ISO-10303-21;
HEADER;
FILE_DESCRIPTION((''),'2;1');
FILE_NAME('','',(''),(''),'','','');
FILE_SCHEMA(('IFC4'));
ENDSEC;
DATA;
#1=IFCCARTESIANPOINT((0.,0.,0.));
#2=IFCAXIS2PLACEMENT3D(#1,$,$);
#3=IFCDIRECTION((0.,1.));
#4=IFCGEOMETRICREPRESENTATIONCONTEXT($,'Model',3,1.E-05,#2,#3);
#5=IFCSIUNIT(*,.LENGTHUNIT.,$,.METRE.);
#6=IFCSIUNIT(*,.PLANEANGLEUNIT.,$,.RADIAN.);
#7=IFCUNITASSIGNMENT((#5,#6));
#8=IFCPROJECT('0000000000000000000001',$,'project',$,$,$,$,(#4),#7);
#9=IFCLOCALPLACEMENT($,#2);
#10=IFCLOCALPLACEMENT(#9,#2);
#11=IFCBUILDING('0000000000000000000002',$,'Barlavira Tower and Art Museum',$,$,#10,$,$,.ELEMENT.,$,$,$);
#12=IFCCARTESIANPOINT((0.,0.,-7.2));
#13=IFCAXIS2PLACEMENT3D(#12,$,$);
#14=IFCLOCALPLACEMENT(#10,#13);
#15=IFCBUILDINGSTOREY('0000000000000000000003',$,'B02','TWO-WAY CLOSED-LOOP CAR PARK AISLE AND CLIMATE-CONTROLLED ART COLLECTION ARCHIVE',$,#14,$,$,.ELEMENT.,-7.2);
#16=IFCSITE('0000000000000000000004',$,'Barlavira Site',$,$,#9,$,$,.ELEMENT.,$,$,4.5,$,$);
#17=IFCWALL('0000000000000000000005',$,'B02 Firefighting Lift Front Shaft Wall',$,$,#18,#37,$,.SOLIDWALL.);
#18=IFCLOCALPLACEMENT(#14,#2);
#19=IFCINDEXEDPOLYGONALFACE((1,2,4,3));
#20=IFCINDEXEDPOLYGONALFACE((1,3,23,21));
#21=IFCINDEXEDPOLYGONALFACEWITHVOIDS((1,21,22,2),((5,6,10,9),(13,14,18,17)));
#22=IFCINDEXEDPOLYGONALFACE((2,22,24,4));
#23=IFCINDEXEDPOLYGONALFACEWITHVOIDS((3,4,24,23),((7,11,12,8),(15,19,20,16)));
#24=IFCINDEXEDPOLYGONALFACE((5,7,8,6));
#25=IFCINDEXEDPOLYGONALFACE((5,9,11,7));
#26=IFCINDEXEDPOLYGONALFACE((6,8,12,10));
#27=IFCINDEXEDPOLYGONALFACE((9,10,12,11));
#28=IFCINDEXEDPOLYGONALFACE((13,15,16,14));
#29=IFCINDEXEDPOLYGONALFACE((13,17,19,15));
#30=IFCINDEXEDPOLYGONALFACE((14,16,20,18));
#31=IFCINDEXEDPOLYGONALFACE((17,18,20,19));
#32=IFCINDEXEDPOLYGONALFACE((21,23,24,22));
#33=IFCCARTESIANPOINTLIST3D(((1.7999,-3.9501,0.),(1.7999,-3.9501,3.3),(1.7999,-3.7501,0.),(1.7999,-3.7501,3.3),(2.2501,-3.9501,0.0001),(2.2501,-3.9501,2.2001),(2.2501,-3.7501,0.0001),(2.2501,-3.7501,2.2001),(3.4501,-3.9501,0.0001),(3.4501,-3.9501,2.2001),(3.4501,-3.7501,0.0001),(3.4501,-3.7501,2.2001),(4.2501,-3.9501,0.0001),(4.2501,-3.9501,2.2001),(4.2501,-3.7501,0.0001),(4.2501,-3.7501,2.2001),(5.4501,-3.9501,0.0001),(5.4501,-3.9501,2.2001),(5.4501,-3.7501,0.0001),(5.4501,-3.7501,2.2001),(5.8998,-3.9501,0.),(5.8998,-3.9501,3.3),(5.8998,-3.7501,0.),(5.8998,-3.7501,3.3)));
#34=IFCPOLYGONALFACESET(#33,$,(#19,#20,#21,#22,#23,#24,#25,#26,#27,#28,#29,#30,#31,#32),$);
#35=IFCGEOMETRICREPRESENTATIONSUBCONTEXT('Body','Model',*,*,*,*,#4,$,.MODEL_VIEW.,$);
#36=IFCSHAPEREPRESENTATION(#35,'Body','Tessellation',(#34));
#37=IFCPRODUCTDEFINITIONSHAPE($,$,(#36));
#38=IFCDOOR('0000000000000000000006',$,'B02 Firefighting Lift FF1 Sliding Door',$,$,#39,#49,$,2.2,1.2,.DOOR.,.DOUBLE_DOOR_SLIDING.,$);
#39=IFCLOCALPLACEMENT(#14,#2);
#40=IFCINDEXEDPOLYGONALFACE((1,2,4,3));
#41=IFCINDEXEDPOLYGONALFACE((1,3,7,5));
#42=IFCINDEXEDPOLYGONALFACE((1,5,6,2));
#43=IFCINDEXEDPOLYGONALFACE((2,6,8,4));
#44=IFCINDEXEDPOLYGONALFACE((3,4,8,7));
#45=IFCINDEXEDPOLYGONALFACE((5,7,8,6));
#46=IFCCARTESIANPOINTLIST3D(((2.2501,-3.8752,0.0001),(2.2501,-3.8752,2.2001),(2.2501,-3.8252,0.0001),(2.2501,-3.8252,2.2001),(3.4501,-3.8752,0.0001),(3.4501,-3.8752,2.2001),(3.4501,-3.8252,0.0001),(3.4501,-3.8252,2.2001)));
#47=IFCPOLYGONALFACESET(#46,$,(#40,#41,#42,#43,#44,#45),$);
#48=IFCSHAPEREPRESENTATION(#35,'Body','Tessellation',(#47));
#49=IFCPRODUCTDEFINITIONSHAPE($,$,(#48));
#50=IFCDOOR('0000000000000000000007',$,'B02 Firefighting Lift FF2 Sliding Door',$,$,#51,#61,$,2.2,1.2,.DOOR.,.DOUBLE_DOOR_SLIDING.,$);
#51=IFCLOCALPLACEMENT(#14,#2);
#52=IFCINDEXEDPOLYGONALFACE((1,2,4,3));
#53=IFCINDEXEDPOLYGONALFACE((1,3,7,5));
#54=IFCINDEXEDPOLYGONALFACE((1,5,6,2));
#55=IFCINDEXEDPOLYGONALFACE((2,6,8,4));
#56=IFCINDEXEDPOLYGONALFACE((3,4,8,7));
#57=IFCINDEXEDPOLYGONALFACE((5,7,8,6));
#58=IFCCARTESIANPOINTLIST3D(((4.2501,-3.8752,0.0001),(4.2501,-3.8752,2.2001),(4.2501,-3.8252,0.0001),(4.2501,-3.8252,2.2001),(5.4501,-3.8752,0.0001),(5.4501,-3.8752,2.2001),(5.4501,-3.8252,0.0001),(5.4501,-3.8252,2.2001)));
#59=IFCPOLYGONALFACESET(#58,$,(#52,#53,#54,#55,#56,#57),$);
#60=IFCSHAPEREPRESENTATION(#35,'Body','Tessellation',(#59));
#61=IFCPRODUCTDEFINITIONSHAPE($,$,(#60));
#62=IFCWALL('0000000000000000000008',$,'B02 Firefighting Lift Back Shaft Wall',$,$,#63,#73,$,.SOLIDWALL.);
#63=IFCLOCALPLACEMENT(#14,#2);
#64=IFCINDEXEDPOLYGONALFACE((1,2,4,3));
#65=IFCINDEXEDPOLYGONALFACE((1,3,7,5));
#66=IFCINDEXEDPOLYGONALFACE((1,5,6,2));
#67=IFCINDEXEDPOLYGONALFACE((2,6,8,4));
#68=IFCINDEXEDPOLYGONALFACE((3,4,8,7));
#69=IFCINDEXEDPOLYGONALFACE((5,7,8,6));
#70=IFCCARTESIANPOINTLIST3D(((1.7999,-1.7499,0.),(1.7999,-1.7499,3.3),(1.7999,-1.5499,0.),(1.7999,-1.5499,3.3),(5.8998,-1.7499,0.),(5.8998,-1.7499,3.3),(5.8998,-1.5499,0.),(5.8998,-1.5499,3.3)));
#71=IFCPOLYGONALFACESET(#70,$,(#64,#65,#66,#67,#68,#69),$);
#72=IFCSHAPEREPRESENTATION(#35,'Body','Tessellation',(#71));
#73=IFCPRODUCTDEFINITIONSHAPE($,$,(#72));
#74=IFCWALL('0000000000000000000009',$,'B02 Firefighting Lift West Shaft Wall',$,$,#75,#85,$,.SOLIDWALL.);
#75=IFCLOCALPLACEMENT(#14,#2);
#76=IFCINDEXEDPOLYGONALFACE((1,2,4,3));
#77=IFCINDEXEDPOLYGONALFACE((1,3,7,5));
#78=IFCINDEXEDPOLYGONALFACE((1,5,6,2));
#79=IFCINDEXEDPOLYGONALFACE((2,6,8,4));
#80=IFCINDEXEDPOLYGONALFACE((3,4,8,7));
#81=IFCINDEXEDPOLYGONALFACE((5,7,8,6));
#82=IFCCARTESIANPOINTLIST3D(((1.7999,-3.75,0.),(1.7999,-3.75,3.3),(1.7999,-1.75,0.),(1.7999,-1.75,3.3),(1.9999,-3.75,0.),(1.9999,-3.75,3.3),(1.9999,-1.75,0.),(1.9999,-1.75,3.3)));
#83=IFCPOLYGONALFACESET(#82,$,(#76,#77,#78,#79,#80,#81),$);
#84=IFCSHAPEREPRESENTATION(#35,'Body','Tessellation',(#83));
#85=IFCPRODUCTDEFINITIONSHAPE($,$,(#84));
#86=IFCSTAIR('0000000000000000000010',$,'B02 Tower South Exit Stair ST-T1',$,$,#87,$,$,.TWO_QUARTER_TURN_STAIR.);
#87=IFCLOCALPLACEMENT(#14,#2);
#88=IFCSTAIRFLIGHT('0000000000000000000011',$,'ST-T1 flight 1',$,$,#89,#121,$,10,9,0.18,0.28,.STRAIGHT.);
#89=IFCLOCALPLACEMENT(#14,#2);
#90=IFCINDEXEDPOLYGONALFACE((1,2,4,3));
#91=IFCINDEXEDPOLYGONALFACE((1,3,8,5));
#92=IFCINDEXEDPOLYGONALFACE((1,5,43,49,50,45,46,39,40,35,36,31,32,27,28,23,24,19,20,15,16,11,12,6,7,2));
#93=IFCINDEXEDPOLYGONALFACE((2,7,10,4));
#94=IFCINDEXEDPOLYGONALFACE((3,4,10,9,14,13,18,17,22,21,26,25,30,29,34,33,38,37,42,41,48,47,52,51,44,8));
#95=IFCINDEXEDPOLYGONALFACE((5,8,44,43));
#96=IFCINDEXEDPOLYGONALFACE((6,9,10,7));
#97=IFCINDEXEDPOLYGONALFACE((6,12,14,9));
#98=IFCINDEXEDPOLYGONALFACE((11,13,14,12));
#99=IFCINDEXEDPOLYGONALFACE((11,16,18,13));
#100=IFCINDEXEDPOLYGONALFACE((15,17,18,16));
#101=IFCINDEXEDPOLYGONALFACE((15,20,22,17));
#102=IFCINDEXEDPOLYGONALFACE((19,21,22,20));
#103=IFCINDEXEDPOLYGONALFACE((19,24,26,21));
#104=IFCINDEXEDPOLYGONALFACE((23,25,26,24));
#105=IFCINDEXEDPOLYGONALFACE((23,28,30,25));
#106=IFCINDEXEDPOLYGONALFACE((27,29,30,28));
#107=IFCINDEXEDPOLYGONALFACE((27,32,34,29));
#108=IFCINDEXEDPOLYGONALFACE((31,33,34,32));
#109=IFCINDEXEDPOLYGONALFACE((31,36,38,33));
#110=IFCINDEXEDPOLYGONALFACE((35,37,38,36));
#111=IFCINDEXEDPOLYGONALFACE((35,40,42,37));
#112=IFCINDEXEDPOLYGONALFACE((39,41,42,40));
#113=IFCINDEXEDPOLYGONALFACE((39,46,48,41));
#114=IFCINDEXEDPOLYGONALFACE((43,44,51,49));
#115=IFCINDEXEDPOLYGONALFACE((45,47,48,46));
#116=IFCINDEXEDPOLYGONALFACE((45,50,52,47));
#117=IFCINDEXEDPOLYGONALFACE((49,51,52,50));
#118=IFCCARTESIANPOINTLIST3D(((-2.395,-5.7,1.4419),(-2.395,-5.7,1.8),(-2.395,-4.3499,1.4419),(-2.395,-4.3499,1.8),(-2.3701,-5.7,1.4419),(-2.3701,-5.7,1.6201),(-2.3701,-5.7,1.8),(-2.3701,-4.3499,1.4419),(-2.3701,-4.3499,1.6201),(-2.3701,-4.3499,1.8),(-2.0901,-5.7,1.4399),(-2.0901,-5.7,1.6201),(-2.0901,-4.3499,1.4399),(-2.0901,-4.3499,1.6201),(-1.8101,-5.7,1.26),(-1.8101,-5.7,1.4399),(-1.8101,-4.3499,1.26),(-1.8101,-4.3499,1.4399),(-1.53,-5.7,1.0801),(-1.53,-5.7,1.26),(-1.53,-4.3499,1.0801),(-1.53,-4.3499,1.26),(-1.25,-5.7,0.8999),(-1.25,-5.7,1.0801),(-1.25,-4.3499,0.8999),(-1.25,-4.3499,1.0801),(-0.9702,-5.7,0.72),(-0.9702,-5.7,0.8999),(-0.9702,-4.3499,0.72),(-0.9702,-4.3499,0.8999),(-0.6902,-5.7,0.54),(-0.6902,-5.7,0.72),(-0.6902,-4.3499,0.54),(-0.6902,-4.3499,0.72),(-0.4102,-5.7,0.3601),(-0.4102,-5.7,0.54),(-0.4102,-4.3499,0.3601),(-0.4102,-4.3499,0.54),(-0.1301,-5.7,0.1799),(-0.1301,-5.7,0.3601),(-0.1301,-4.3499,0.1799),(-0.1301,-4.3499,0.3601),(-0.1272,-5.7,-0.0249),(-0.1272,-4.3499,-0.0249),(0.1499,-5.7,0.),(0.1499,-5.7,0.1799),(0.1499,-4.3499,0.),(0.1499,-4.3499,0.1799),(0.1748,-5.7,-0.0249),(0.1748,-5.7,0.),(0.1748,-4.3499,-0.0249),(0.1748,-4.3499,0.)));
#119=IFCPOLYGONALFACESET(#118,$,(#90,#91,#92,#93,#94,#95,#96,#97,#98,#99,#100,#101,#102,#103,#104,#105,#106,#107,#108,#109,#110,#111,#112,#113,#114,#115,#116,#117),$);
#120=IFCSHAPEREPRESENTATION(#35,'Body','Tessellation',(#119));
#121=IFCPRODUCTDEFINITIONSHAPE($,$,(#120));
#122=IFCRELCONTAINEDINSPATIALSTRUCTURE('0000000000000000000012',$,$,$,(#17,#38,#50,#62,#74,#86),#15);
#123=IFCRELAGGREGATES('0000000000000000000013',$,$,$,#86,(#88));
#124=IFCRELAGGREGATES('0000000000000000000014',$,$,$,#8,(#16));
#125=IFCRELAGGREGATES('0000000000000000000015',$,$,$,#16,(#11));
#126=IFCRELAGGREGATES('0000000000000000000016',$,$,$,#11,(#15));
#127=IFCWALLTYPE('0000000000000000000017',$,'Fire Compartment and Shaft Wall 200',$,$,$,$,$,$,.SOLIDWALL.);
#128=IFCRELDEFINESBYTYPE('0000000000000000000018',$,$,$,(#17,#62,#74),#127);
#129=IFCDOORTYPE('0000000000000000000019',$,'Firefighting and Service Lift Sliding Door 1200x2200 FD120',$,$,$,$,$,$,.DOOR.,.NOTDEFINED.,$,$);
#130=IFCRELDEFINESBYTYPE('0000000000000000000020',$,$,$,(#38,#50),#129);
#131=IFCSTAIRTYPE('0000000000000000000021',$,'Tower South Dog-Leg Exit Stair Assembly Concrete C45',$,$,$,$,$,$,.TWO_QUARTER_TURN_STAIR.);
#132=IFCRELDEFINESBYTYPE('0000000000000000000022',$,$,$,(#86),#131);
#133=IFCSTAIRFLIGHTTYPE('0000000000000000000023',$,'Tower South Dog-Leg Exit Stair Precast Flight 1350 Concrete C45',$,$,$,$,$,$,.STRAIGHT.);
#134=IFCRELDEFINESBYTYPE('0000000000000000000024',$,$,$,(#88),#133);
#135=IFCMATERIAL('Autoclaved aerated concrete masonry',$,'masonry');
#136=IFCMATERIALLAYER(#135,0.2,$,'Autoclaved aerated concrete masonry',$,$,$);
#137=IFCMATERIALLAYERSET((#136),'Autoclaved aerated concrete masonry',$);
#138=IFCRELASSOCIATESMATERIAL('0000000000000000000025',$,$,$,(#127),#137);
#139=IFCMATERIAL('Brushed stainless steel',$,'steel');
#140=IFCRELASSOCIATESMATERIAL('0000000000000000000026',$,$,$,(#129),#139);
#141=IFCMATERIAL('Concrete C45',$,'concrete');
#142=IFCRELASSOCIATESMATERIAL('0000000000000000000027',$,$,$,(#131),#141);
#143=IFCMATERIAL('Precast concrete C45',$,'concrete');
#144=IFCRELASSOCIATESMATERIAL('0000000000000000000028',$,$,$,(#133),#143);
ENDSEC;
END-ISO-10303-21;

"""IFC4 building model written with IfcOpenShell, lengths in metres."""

from ifc_helpers import new_model, si_unit, direction, frame, frame_2d, origin, place, context, subcontext, project, spatial, polyline, rectangle, outline, extrude, material, layer, layer_set, type_object, element, fill, aggregate, save


model = new_model("IFC4")

# Units and contexts
model_context = context("Model", 3, precision=1e-05, world=origin(), true_north=direction((0.0, 1.0)))
body_context = subcontext(model_context, "Body", "Model", "MODEL_VIEW")
ifc_project = project(units=[si_unit("LENGTHUNIT", "METRE"), si_unit("PLANEANGLEUNIT", "RADIAN")], contexts=[model_context])

# Site, building, storey
site_placement = place(None, origin())
site = spatial("IfcSite", under=ifc_project, at=site_placement, Name="Barlavira Site", CompositionType="ELEMENT", RefElevation=4.5)
building_placement = place(site_placement, origin())
building = spatial("IfcBuilding", under=site, at=building_placement, Name="Barlavira Tower and Art Museum", CompositionType="ELEMENT")
storey_placement = place(building_placement, frame((0.0, 0.0, -7.2)))
storey = spatial("IfcBuildingStorey", under=building, at=storey_placement, Name="B02", Description="TWO-WAY CLOSED-LOOP CAR PARK AISLE AND CLIMATE-CONTROLLED ART COLLECTION ARCHIVE", CompositionType="ELEMENT", Elevation=-7.2)

# Shared definitions
ifc_material_1 = material(Name="Autoclaved aerated concrete masonry", Category="masonry")
ifc_layer_1 = layer(ifc_material_1, 0.2, Name="Autoclaved aerated concrete masonry")
ifc_layer_set_1 = layer_set([ifc_layer_1], Name="Autoclaved aerated concrete masonry")
wall_type_1 = type_object("IfcWallType", Name="Fire Compartment and Shaft Wall 200", PredefinedType="SOLIDWALL", material=ifc_layer_set_1)
ifc_material_2 = material(Name="Brushed stainless steel", Category="steel")

# Wall, openings, doors
wall_1_placement = place(storey_placement, frame((1.8, -3.8501, 0.0), z_axis=(0.0, 0.0, 1.0), x_axis=(1.0, 0.0, 0.0)))
wall_1 = element("IfcWall", 1, at=wall_1_placement, inside=storey, type_object=wall_type_1, Name="B02 Firefighting Lift Front Shaft Wall", PredefinedType="SOLIDWALL", context=body_context, shape_type="SweptSolid", body=[
    extrude(rectangle(XDim=4.0999, YDim=0.2, at=frame_2d((2.0498, 0.0))), origin(), (0.0, 0.0, 1.0), 3.3),
])
opening_1_placement = place(wall_1_placement, frame((0.45, 0.0, 0.0)))
opening_1 = element("IfcOpeningElement", 2, at=opening_1_placement, cuts=wall_1, PredefinedType="OPENING", context=body_context, shape_type="SweptSolid", body=[
    extrude(rectangle(XDim=1.2, YDim=2.2, at=frame_2d((0.6001, 1.1001))), frame((0.0, 0.1099, 0.0), z_axis=(0.0, -1.0, 0.0), x_axis=(1.0, 0.0, 0.0)), (0.0, 0.0, 1.0), 0.22),
])
opening_2_placement = place(wall_1_placement, frame((2.45, 0.0, 0.0)))
opening_2 = element("IfcOpeningElement", 3, at=opening_2_placement, cuts=wall_1, PredefinedType="OPENING", context=body_context, shape_type="SweptSolid", body=[
    extrude(rectangle(XDim=1.2, YDim=2.2, at=frame_2d((0.6001, 1.1001))), frame((0.0, 0.1099, 0.0), z_axis=(0.0, -1.0, 0.0), x_axis=(1.0, 0.0, 0.0)), (0.0, 0.0, 1.0), 0.22),
])
door_type_1 = type_object("IfcDoorType", Name="Firefighting and Service Lift Sliding Door 1200x2200 FD120", OperationType="NOTDEFINED", PredefinedType="DOOR", material=ifc_material_2)
door_1_placement = place(opening_1_placement, origin())
door_1 = element("IfcDoor", 4, at=door_1_placement, inside=storey, type_object=door_type_1, Name="B02 Firefighting Lift FF1 Sliding Door", OperationType="DOUBLE_DOOR_SLIDING", OverallHeight=2.2, OverallWidth=1.2, PredefinedType="DOOR", context=body_context, shape_type="SweptSolid", body=[
    extrude(rectangle(XDim=1.2, YDim=2.2, at=frame_2d((0.6001, 1.1001))), frame((0.0, 0.0249, 0.0), z_axis=(0.0, -1.0, 0.0), x_axis=(1.0, 0.0, 0.0)), (0.0, 0.0, 1.0), 0.05),
])
fill(opening_1, door_1)
door_2_placement = place(opening_2_placement, origin())
door_2 = element("IfcDoor", 5, at=door_2_placement, inside=storey, type_object=door_type_1, Name="B02 Firefighting Lift FF2 Sliding Door", OperationType="DOUBLE_DOOR_SLIDING", OverallHeight=2.2, OverallWidth=1.2, PredefinedType="DOOR", context=body_context, shape_type="SweptSolid", body=[
    extrude(rectangle(XDim=1.2, YDim=2.2, at=frame_2d((0.6001, 1.1001))), frame((0.0, 0.0249, 0.0), z_axis=(0.0, -1.0, 0.0), x_axis=(1.0, 0.0, 0.0)), (0.0, 0.0, 1.0), 0.05),
])
fill(opening_2, door_2)

# Walls
wall_2_placement = place(storey_placement, frame((1.8, -1.6499, 0.0), z_axis=(0.0, 0.0, 1.0), x_axis=(1.0, 0.0, 0.0)))
element("IfcWall", 6, at=wall_2_placement, inside=storey, type_object=wall_type_1, Name="B02 Firefighting Lift Back Shaft Wall", PredefinedType="SOLIDWALL", context=body_context, shape_type="SweptSolid", body=[
    extrude(rectangle(XDim=4.0999, YDim=0.2, at=frame_2d((2.0498, 0.0))), origin(), (0.0, 0.0, 1.0), 3.3),
])
wall_3_placement = place(storey_placement, frame((1.8999, -3.75, 0.0), z_axis=(0.0, 0.0, 1.0), x_axis=(0.0, 1.0, 0.0)))
element("IfcWall", 7, at=wall_3_placement, inside=storey, type_object=wall_type_1, Name="B02 Firefighting Lift West Shaft Wall", PredefinedType="SOLIDWALL", context=body_context, shape_type="SweptSolid", body=[
    extrude(rectangle(XDim=2.0, YDim=0.2, at=frame_2d((1.0, 0.0))), origin(), (0.0, 0.0, 1.0), 3.3),
])

# Stair, stair flight
ifc_material_3 = material(Name="Concrete C45", Category="concrete")
stair_type = type_object("IfcStairType", Name="Tower South Dog-Leg Exit Stair Assembly Concrete C45", PredefinedType="TWO_QUARTER_TURN_STAIR", material=ifc_material_3)
stair_placement = place(storey_placement, origin())
stair = element("IfcStair", 8, at=stair_placement, inside=storey, type_object=stair_type, Name="B02 Tower South Exit Stair ST-T1", PredefinedType="TWO_QUARTER_TURN_STAIR")
ifc_material_4 = material(Name="Precast concrete C45", Category="concrete")
stair_flight_type = type_object("IfcStairFlightType", Name="Tower South Dog-Leg Exit Stair Precast Flight 1350 Concrete C45", PredefinedType="STRAIGHT", material=ifc_material_4)
stair_flight_placement = place(storey_placement, frame((0.1499, -5.0249, 0.0), z_axis=(0.0, 0.0, 1.0), x_axis=(-1.0, 0.0, 0.0)))
stair_flight = element("IfcStairFlight", 9, at=stair_flight_placement, type_object=stair_flight_type, Name="ST-T1 flight 1", NumberOfRisers=10, NumberOfTreads=9, PredefinedType="STRAIGHT", RiserHeight=0.18, TreadLength=0.28, context=body_context, shape_type="SweptSolid", body=[
    extrude(outline(polyline([(-0.0249, 0.0), (0.0, 0.0), (0.0, 0.1799), (0.28, 0.1799), (0.28, 0.3601), (0.5601, 0.3601), (0.5601, 0.54), (0.8401, 0.54), (0.8401, 0.72), (1.1201, 0.72), (1.1201, 0.8999), (1.3999, 0.8999), (1.3999, 1.0801), (1.6799, 1.0801), (1.6799, 1.26), (1.96, 1.26), (1.96, 1.4399), (2.24, 1.4399), (2.24, 1.6201), (2.52, 1.6201), (2.52, 1.8), (2.5449, 1.8), (2.5449, 1.4419), (2.52, 1.4419), (0.2771, -0.0249), (-0.0249, -0.0249), (-0.0249, 0.0)])), frame((0.0, 0.675, 0.0), z_axis=(0.0, -1.0, 0.0), x_axis=(1.0, 0.0, 0.0)), (0.0, 0.0, 1.0), 1.3501),
])
aggregate(stair, [stair_flight])

save(model, "model.ifc")
